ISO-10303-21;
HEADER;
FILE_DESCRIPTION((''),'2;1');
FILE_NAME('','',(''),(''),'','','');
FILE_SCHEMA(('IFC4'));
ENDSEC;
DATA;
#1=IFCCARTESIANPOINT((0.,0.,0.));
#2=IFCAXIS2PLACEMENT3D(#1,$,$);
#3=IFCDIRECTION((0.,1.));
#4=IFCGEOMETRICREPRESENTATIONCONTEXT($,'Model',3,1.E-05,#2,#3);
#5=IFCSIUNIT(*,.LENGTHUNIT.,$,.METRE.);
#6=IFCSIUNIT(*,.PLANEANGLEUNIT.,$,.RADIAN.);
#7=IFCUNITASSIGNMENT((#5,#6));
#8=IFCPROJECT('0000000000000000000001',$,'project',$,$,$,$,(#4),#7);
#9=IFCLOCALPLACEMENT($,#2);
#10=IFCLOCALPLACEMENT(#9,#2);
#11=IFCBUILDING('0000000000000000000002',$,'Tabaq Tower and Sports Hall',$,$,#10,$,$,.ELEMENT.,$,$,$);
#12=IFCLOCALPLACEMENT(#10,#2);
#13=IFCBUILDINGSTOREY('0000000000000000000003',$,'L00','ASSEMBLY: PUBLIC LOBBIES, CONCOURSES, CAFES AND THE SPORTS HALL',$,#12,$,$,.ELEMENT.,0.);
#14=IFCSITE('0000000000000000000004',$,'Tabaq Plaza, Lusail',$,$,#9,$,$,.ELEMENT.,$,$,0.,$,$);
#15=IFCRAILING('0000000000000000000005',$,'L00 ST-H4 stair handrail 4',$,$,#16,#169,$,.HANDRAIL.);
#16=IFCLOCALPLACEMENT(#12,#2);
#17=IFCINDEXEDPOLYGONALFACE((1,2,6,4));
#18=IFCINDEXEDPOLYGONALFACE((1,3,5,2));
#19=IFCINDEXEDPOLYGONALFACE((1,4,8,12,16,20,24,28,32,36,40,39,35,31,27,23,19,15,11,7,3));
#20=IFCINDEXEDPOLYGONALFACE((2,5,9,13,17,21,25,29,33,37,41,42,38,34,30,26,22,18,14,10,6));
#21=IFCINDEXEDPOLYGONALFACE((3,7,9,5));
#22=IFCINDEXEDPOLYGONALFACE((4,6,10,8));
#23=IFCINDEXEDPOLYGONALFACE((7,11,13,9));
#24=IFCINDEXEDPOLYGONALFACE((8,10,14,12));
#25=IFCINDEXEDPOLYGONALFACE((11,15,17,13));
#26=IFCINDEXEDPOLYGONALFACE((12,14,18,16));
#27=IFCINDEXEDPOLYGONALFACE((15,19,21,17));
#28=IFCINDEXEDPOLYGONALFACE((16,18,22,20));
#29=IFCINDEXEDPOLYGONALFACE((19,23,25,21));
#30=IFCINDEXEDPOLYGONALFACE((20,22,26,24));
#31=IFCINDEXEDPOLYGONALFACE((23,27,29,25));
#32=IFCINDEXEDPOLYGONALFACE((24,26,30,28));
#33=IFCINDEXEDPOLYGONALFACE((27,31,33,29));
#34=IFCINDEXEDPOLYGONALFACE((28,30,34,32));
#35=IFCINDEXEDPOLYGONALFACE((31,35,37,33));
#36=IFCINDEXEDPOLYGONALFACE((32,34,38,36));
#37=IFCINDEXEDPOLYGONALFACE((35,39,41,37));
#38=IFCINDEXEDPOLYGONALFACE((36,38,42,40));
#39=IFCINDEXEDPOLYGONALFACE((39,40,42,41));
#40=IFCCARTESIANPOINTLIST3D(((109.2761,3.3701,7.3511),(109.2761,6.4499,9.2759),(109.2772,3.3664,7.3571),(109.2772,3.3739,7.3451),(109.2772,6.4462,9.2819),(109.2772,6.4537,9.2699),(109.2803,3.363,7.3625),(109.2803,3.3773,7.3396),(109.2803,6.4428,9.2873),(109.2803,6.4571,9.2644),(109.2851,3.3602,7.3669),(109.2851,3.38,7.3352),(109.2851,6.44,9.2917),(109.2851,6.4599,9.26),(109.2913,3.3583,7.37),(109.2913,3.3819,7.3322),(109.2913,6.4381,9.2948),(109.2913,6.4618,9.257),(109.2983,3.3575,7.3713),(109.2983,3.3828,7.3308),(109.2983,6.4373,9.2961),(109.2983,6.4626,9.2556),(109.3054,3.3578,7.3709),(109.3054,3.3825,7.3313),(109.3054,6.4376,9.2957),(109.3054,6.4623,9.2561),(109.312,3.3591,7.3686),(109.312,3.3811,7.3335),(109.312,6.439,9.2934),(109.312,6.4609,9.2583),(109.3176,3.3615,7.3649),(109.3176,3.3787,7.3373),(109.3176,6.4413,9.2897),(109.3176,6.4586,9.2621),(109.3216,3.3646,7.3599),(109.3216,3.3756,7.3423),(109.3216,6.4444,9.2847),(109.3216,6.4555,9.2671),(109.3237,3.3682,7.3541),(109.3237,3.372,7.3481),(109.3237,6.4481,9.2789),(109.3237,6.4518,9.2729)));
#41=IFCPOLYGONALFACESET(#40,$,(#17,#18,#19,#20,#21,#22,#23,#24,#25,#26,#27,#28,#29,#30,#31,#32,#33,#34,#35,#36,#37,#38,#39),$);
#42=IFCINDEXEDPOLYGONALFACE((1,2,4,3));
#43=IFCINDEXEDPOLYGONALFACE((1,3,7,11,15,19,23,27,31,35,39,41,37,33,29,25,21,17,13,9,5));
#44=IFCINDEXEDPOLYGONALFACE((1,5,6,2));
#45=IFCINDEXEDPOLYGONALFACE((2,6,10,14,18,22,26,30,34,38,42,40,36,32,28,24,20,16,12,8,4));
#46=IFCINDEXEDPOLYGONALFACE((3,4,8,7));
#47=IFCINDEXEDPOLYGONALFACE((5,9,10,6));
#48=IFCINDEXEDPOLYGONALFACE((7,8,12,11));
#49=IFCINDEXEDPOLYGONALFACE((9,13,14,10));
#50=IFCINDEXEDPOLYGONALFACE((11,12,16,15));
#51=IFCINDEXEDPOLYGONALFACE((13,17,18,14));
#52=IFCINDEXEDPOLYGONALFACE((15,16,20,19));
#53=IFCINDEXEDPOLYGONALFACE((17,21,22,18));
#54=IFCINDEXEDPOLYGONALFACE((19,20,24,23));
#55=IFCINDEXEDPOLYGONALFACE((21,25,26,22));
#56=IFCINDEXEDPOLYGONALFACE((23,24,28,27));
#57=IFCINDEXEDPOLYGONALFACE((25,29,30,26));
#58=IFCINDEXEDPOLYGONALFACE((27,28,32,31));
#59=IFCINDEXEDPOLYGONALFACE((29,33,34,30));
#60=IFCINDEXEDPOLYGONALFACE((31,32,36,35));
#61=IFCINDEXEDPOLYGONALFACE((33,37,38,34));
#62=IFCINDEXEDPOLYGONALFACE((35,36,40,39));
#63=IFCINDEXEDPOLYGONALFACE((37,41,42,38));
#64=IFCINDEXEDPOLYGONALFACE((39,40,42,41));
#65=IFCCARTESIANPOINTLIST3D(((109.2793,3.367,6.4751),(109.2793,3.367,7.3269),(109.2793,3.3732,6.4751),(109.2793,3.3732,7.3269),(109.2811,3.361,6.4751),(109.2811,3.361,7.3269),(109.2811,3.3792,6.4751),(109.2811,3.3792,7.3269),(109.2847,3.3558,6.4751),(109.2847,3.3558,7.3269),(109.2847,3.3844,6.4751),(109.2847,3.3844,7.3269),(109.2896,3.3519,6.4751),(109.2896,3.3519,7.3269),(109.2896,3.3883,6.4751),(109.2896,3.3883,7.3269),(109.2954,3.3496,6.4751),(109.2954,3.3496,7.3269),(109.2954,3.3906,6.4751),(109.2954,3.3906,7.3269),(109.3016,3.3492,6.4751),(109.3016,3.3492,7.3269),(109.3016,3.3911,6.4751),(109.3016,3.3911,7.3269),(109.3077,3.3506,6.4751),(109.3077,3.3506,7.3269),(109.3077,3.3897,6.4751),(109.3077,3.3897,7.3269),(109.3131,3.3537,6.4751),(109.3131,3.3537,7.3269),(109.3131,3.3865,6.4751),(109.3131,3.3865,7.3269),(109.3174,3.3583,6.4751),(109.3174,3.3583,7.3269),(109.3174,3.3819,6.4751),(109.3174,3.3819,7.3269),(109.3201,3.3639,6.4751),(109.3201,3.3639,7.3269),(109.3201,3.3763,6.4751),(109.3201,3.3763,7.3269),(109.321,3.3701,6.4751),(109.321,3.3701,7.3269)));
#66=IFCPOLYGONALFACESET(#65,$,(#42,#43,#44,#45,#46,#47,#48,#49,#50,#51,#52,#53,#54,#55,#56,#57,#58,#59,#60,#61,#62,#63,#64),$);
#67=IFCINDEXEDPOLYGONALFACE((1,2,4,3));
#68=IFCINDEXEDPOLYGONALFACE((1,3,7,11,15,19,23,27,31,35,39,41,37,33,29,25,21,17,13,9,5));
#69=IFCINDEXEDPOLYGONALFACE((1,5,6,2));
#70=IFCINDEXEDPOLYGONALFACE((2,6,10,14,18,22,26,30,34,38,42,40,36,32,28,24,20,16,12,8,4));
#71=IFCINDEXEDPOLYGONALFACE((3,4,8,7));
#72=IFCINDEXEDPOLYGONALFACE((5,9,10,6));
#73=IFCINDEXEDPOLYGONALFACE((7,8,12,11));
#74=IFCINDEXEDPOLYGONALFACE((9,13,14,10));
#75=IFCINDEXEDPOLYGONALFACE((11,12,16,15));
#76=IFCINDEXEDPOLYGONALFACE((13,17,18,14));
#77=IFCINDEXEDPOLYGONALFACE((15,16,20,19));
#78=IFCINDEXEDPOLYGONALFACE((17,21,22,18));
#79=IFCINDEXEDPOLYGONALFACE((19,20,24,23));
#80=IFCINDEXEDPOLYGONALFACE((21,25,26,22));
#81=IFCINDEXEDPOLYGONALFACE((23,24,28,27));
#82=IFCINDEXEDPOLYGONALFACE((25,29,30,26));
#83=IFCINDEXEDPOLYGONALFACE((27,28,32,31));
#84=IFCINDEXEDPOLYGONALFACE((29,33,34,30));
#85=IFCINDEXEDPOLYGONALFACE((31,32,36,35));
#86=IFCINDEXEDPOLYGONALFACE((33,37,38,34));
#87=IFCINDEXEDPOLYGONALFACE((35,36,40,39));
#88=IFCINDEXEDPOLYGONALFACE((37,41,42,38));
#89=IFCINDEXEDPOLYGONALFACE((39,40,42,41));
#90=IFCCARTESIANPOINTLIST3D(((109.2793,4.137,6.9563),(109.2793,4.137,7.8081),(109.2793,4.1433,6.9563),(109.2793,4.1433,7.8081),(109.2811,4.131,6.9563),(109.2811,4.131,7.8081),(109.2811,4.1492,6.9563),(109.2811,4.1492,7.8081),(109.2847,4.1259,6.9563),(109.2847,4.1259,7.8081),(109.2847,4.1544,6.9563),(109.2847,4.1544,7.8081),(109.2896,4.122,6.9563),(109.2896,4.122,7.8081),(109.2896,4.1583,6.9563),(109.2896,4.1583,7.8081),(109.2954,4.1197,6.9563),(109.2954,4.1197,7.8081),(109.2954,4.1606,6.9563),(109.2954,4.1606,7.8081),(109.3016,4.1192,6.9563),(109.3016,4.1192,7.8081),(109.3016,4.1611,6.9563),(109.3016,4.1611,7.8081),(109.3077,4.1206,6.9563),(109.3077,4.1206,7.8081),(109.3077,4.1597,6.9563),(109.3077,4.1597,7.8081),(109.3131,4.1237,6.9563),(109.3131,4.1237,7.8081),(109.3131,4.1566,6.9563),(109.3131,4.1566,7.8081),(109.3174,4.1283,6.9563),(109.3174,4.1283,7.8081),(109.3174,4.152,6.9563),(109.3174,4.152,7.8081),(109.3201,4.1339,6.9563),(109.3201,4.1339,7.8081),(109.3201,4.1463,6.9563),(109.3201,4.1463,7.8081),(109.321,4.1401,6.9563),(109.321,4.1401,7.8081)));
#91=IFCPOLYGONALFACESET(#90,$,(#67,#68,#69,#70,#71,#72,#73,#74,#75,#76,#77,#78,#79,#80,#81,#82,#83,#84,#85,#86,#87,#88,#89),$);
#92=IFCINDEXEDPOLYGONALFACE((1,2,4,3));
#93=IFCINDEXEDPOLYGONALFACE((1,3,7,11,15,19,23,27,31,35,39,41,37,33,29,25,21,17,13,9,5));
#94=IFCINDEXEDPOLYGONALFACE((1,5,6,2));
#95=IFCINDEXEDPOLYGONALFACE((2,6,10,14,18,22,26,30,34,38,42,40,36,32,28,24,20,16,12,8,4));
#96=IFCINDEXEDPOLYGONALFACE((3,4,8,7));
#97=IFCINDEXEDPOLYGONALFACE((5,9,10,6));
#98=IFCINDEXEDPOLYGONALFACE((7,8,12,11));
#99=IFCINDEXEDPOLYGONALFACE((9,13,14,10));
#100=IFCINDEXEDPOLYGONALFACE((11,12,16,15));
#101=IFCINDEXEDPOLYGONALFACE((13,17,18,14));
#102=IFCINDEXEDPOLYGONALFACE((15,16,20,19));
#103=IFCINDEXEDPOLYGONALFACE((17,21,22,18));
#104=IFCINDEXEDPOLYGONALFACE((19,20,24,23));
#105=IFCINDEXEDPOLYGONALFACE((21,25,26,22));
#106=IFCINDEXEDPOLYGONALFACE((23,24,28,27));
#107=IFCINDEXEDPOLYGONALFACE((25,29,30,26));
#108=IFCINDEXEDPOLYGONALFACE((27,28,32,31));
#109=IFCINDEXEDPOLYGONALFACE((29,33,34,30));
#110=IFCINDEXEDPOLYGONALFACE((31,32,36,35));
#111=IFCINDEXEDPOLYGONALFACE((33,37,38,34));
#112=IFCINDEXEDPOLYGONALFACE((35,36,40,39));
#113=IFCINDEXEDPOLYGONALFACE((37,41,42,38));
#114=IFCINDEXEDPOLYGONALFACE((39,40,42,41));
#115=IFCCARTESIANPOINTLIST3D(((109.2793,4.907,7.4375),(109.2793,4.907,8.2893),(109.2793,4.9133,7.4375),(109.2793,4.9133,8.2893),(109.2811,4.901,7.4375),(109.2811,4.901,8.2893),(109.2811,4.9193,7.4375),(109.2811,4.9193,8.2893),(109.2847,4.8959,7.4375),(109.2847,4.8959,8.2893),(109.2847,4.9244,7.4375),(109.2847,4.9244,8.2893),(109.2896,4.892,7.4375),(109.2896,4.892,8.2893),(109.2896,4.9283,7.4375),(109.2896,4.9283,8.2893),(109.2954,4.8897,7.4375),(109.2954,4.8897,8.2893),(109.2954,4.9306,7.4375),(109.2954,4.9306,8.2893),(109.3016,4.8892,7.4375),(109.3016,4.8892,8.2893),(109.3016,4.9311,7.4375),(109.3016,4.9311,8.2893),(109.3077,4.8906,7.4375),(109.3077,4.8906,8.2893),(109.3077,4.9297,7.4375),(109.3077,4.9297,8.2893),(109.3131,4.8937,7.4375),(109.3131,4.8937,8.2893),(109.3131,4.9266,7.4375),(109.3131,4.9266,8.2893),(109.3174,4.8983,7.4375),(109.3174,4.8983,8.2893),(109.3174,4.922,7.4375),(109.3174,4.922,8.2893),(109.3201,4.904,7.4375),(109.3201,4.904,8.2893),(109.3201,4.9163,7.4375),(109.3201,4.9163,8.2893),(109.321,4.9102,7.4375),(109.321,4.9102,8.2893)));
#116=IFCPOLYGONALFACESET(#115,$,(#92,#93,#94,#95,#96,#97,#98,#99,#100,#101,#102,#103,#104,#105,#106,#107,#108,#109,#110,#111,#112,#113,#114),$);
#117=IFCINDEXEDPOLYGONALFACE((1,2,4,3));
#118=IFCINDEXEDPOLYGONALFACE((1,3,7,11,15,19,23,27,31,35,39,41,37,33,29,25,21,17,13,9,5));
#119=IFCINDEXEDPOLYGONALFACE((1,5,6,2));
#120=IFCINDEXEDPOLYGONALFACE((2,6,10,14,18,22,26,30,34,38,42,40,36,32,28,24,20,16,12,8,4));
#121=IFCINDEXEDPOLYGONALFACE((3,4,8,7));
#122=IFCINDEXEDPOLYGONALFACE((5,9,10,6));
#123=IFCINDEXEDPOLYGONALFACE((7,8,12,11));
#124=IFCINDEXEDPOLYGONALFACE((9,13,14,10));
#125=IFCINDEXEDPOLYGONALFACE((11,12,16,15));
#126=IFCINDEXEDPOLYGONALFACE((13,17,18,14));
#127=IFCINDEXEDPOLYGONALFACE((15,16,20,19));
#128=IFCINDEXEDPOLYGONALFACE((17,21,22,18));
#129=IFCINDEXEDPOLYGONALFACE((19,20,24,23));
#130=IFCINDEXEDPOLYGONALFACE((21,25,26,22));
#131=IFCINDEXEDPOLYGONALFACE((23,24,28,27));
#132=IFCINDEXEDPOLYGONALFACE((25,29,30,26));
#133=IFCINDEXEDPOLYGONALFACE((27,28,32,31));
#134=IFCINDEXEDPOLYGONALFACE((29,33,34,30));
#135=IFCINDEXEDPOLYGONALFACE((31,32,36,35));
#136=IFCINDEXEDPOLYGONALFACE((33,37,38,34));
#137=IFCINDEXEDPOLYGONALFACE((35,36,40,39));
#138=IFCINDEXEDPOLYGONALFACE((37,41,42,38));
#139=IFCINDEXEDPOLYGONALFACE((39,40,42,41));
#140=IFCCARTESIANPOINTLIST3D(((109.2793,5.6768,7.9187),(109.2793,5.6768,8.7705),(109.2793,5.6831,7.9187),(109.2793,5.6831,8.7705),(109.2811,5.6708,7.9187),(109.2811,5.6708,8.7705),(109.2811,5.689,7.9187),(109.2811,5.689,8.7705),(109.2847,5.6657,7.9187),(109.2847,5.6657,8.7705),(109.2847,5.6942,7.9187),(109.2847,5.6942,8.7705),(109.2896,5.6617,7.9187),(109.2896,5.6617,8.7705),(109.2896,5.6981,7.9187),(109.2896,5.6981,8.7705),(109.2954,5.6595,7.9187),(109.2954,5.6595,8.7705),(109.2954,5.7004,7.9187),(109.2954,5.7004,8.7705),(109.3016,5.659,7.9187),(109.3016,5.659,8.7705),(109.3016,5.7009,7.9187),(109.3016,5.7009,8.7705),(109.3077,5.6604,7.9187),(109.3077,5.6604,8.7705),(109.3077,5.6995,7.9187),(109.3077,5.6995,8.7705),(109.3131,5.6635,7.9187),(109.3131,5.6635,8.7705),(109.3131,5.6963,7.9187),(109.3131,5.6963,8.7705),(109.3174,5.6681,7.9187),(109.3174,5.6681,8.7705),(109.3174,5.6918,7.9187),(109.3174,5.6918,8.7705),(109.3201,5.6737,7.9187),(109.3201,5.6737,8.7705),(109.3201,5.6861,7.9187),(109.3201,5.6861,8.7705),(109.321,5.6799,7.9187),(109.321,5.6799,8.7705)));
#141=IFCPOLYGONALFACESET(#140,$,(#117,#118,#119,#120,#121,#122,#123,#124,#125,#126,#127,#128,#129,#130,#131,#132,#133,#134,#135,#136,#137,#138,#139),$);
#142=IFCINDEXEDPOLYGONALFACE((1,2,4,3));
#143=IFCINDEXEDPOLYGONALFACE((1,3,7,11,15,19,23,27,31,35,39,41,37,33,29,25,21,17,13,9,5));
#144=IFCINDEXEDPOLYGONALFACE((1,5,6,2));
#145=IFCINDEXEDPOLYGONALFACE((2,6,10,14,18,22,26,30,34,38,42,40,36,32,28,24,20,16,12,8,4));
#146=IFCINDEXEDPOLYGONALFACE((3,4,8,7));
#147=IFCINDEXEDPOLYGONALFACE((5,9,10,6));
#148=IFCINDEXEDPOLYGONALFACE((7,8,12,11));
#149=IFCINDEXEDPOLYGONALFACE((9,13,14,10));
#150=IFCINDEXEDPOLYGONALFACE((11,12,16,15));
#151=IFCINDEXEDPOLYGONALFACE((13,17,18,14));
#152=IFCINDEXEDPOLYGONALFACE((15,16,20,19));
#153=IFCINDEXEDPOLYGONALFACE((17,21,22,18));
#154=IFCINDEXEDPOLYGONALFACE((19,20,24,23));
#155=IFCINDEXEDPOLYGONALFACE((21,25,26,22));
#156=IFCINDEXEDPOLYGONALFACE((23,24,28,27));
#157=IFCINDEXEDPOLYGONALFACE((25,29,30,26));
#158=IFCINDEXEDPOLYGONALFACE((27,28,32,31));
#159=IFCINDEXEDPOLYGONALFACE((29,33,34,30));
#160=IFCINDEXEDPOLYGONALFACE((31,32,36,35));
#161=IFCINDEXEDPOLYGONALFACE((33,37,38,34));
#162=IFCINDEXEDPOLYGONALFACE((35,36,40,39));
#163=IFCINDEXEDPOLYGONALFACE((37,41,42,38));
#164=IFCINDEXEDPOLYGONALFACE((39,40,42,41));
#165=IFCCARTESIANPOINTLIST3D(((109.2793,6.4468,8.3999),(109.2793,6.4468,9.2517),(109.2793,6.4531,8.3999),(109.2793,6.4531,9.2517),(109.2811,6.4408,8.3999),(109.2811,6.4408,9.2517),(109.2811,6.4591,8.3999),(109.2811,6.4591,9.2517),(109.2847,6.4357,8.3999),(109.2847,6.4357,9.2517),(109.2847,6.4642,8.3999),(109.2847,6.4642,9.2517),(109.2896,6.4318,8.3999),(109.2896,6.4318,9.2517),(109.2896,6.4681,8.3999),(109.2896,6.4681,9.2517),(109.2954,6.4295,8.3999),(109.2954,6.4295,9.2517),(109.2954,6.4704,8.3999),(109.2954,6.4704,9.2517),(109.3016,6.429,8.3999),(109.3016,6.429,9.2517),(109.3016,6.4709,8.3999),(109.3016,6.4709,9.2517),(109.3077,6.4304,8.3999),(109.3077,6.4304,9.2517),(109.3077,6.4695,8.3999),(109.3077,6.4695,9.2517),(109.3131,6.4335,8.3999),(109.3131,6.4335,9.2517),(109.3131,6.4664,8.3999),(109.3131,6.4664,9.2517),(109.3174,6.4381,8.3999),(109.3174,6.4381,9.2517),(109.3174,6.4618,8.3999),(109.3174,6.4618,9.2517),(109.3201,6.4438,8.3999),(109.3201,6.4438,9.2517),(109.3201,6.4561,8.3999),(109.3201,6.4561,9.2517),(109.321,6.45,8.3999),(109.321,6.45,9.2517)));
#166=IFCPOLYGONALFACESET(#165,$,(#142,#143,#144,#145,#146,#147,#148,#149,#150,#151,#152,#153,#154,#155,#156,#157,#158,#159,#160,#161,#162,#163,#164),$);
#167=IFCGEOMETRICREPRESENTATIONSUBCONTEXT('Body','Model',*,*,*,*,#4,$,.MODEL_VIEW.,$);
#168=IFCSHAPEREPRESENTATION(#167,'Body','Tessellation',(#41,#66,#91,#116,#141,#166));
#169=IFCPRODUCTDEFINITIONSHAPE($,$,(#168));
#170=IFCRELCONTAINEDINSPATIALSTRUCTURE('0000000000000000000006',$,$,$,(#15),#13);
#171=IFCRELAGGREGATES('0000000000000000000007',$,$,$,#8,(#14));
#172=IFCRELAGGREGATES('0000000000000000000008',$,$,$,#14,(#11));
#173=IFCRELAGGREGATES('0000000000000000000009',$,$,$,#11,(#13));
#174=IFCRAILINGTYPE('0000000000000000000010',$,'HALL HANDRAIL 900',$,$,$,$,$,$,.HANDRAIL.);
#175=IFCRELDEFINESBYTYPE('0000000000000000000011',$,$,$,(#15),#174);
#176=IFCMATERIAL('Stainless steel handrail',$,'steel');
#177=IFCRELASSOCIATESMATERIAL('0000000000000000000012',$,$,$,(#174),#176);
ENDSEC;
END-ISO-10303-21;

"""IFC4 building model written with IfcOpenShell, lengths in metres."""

from ifc_helpers import new_model, si_unit, direction, frame, origin, origin_2d, place, context, subcontext, project, spatial, circle, extrude, material, type_object, element, save


model = new_model("IFC4")

# Units and contexts
model_context = context("Model", 3, precision=1e-05, world=origin(), true_north=direction((0.0, 1.0)))
body_context = subcontext(model_context, "Body", "Model", "MODEL_VIEW")
ifc_project = project(units=[si_unit("LENGTHUNIT", "METRE"), si_unit("PLANEANGLEUNIT", "RADIAN")], contexts=[model_context])

# Site, building, storey
site_placement = place(None, origin())
site = spatial("IfcSite", under=ifc_project, at=site_placement, Name="Tabaq Plaza, Lusail", CompositionType="ELEMENT", RefElevation=0.0)
building_placement = place(site_placement, origin())
building = spatial("IfcBuilding", under=site, at=building_placement, Name="Tabaq Tower and Sports Hall", CompositionType="ELEMENT")
storey_placement = place(building_placement, origin())
storey = spatial("IfcBuildingStorey", under=building, at=storey_placement, Name="L00", Description="ASSEMBLY: PUBLIC LOBBIES, CONCOURSES, CAFES AND THE SPORTS HALL", CompositionType="ELEMENT", Elevation=0.0)

# Railing
ifc_material_1 = material(Name="Stainless steel handrail", Category="steel")
railing_type_1 = type_object("IfcRailingType", Name="HALL HANDRAIL 900", PredefinedType="HANDRAIL", material=ifc_material_1)
railing_1_placement = place(storey_placement, frame((109.3, 3.3701, 6.4751)))
element("IfcRailing", 1, at=railing_1_placement, inside=storey, type_object=railing_type_1, Name="L00 ST-H4 stair handrail 4", PredefinedType="HANDRAIL", context=body_context, shape_type="SweptSolid", body=[
    extrude(circle(Radius=0.0239, at=origin_2d()), frame((0.0, 0.0, 0.876), z_axis=(0.0, 0.84801, 0.529981), x_axis=(-1.0, 0.0, 0.0)), (0.0, 0.0, 1.0), 3.6318),
    extrude(circle(Radius=0.021, at=origin_2d()), origin(), (0.0, 0.0, 1.0), 0.8518),
    extrude(circle(Radius=0.021, at=origin_2d()), frame((0.0, 0.77, 0.4812)), (0.0, 0.0, 1.0), 0.8518),
    extrude(circle(Radius=0.021, at=origin_2d()), frame((0.0, 1.54, 0.9624)), (0.0, 0.0, 1.0), 0.8518),
    extrude(circle(Radius=0.021, at=origin_2d()), frame((0.0, 2.3098, 1.4436)), (0.0, 0.0, 1.0), 0.8518),
    extrude(circle(Radius=0.021, at=origin_2d()), frame((0.0, 3.0798, 1.9248)), (0.0, 0.0, 1.0), 0.8518),
])

save(model, "model.ifc")
